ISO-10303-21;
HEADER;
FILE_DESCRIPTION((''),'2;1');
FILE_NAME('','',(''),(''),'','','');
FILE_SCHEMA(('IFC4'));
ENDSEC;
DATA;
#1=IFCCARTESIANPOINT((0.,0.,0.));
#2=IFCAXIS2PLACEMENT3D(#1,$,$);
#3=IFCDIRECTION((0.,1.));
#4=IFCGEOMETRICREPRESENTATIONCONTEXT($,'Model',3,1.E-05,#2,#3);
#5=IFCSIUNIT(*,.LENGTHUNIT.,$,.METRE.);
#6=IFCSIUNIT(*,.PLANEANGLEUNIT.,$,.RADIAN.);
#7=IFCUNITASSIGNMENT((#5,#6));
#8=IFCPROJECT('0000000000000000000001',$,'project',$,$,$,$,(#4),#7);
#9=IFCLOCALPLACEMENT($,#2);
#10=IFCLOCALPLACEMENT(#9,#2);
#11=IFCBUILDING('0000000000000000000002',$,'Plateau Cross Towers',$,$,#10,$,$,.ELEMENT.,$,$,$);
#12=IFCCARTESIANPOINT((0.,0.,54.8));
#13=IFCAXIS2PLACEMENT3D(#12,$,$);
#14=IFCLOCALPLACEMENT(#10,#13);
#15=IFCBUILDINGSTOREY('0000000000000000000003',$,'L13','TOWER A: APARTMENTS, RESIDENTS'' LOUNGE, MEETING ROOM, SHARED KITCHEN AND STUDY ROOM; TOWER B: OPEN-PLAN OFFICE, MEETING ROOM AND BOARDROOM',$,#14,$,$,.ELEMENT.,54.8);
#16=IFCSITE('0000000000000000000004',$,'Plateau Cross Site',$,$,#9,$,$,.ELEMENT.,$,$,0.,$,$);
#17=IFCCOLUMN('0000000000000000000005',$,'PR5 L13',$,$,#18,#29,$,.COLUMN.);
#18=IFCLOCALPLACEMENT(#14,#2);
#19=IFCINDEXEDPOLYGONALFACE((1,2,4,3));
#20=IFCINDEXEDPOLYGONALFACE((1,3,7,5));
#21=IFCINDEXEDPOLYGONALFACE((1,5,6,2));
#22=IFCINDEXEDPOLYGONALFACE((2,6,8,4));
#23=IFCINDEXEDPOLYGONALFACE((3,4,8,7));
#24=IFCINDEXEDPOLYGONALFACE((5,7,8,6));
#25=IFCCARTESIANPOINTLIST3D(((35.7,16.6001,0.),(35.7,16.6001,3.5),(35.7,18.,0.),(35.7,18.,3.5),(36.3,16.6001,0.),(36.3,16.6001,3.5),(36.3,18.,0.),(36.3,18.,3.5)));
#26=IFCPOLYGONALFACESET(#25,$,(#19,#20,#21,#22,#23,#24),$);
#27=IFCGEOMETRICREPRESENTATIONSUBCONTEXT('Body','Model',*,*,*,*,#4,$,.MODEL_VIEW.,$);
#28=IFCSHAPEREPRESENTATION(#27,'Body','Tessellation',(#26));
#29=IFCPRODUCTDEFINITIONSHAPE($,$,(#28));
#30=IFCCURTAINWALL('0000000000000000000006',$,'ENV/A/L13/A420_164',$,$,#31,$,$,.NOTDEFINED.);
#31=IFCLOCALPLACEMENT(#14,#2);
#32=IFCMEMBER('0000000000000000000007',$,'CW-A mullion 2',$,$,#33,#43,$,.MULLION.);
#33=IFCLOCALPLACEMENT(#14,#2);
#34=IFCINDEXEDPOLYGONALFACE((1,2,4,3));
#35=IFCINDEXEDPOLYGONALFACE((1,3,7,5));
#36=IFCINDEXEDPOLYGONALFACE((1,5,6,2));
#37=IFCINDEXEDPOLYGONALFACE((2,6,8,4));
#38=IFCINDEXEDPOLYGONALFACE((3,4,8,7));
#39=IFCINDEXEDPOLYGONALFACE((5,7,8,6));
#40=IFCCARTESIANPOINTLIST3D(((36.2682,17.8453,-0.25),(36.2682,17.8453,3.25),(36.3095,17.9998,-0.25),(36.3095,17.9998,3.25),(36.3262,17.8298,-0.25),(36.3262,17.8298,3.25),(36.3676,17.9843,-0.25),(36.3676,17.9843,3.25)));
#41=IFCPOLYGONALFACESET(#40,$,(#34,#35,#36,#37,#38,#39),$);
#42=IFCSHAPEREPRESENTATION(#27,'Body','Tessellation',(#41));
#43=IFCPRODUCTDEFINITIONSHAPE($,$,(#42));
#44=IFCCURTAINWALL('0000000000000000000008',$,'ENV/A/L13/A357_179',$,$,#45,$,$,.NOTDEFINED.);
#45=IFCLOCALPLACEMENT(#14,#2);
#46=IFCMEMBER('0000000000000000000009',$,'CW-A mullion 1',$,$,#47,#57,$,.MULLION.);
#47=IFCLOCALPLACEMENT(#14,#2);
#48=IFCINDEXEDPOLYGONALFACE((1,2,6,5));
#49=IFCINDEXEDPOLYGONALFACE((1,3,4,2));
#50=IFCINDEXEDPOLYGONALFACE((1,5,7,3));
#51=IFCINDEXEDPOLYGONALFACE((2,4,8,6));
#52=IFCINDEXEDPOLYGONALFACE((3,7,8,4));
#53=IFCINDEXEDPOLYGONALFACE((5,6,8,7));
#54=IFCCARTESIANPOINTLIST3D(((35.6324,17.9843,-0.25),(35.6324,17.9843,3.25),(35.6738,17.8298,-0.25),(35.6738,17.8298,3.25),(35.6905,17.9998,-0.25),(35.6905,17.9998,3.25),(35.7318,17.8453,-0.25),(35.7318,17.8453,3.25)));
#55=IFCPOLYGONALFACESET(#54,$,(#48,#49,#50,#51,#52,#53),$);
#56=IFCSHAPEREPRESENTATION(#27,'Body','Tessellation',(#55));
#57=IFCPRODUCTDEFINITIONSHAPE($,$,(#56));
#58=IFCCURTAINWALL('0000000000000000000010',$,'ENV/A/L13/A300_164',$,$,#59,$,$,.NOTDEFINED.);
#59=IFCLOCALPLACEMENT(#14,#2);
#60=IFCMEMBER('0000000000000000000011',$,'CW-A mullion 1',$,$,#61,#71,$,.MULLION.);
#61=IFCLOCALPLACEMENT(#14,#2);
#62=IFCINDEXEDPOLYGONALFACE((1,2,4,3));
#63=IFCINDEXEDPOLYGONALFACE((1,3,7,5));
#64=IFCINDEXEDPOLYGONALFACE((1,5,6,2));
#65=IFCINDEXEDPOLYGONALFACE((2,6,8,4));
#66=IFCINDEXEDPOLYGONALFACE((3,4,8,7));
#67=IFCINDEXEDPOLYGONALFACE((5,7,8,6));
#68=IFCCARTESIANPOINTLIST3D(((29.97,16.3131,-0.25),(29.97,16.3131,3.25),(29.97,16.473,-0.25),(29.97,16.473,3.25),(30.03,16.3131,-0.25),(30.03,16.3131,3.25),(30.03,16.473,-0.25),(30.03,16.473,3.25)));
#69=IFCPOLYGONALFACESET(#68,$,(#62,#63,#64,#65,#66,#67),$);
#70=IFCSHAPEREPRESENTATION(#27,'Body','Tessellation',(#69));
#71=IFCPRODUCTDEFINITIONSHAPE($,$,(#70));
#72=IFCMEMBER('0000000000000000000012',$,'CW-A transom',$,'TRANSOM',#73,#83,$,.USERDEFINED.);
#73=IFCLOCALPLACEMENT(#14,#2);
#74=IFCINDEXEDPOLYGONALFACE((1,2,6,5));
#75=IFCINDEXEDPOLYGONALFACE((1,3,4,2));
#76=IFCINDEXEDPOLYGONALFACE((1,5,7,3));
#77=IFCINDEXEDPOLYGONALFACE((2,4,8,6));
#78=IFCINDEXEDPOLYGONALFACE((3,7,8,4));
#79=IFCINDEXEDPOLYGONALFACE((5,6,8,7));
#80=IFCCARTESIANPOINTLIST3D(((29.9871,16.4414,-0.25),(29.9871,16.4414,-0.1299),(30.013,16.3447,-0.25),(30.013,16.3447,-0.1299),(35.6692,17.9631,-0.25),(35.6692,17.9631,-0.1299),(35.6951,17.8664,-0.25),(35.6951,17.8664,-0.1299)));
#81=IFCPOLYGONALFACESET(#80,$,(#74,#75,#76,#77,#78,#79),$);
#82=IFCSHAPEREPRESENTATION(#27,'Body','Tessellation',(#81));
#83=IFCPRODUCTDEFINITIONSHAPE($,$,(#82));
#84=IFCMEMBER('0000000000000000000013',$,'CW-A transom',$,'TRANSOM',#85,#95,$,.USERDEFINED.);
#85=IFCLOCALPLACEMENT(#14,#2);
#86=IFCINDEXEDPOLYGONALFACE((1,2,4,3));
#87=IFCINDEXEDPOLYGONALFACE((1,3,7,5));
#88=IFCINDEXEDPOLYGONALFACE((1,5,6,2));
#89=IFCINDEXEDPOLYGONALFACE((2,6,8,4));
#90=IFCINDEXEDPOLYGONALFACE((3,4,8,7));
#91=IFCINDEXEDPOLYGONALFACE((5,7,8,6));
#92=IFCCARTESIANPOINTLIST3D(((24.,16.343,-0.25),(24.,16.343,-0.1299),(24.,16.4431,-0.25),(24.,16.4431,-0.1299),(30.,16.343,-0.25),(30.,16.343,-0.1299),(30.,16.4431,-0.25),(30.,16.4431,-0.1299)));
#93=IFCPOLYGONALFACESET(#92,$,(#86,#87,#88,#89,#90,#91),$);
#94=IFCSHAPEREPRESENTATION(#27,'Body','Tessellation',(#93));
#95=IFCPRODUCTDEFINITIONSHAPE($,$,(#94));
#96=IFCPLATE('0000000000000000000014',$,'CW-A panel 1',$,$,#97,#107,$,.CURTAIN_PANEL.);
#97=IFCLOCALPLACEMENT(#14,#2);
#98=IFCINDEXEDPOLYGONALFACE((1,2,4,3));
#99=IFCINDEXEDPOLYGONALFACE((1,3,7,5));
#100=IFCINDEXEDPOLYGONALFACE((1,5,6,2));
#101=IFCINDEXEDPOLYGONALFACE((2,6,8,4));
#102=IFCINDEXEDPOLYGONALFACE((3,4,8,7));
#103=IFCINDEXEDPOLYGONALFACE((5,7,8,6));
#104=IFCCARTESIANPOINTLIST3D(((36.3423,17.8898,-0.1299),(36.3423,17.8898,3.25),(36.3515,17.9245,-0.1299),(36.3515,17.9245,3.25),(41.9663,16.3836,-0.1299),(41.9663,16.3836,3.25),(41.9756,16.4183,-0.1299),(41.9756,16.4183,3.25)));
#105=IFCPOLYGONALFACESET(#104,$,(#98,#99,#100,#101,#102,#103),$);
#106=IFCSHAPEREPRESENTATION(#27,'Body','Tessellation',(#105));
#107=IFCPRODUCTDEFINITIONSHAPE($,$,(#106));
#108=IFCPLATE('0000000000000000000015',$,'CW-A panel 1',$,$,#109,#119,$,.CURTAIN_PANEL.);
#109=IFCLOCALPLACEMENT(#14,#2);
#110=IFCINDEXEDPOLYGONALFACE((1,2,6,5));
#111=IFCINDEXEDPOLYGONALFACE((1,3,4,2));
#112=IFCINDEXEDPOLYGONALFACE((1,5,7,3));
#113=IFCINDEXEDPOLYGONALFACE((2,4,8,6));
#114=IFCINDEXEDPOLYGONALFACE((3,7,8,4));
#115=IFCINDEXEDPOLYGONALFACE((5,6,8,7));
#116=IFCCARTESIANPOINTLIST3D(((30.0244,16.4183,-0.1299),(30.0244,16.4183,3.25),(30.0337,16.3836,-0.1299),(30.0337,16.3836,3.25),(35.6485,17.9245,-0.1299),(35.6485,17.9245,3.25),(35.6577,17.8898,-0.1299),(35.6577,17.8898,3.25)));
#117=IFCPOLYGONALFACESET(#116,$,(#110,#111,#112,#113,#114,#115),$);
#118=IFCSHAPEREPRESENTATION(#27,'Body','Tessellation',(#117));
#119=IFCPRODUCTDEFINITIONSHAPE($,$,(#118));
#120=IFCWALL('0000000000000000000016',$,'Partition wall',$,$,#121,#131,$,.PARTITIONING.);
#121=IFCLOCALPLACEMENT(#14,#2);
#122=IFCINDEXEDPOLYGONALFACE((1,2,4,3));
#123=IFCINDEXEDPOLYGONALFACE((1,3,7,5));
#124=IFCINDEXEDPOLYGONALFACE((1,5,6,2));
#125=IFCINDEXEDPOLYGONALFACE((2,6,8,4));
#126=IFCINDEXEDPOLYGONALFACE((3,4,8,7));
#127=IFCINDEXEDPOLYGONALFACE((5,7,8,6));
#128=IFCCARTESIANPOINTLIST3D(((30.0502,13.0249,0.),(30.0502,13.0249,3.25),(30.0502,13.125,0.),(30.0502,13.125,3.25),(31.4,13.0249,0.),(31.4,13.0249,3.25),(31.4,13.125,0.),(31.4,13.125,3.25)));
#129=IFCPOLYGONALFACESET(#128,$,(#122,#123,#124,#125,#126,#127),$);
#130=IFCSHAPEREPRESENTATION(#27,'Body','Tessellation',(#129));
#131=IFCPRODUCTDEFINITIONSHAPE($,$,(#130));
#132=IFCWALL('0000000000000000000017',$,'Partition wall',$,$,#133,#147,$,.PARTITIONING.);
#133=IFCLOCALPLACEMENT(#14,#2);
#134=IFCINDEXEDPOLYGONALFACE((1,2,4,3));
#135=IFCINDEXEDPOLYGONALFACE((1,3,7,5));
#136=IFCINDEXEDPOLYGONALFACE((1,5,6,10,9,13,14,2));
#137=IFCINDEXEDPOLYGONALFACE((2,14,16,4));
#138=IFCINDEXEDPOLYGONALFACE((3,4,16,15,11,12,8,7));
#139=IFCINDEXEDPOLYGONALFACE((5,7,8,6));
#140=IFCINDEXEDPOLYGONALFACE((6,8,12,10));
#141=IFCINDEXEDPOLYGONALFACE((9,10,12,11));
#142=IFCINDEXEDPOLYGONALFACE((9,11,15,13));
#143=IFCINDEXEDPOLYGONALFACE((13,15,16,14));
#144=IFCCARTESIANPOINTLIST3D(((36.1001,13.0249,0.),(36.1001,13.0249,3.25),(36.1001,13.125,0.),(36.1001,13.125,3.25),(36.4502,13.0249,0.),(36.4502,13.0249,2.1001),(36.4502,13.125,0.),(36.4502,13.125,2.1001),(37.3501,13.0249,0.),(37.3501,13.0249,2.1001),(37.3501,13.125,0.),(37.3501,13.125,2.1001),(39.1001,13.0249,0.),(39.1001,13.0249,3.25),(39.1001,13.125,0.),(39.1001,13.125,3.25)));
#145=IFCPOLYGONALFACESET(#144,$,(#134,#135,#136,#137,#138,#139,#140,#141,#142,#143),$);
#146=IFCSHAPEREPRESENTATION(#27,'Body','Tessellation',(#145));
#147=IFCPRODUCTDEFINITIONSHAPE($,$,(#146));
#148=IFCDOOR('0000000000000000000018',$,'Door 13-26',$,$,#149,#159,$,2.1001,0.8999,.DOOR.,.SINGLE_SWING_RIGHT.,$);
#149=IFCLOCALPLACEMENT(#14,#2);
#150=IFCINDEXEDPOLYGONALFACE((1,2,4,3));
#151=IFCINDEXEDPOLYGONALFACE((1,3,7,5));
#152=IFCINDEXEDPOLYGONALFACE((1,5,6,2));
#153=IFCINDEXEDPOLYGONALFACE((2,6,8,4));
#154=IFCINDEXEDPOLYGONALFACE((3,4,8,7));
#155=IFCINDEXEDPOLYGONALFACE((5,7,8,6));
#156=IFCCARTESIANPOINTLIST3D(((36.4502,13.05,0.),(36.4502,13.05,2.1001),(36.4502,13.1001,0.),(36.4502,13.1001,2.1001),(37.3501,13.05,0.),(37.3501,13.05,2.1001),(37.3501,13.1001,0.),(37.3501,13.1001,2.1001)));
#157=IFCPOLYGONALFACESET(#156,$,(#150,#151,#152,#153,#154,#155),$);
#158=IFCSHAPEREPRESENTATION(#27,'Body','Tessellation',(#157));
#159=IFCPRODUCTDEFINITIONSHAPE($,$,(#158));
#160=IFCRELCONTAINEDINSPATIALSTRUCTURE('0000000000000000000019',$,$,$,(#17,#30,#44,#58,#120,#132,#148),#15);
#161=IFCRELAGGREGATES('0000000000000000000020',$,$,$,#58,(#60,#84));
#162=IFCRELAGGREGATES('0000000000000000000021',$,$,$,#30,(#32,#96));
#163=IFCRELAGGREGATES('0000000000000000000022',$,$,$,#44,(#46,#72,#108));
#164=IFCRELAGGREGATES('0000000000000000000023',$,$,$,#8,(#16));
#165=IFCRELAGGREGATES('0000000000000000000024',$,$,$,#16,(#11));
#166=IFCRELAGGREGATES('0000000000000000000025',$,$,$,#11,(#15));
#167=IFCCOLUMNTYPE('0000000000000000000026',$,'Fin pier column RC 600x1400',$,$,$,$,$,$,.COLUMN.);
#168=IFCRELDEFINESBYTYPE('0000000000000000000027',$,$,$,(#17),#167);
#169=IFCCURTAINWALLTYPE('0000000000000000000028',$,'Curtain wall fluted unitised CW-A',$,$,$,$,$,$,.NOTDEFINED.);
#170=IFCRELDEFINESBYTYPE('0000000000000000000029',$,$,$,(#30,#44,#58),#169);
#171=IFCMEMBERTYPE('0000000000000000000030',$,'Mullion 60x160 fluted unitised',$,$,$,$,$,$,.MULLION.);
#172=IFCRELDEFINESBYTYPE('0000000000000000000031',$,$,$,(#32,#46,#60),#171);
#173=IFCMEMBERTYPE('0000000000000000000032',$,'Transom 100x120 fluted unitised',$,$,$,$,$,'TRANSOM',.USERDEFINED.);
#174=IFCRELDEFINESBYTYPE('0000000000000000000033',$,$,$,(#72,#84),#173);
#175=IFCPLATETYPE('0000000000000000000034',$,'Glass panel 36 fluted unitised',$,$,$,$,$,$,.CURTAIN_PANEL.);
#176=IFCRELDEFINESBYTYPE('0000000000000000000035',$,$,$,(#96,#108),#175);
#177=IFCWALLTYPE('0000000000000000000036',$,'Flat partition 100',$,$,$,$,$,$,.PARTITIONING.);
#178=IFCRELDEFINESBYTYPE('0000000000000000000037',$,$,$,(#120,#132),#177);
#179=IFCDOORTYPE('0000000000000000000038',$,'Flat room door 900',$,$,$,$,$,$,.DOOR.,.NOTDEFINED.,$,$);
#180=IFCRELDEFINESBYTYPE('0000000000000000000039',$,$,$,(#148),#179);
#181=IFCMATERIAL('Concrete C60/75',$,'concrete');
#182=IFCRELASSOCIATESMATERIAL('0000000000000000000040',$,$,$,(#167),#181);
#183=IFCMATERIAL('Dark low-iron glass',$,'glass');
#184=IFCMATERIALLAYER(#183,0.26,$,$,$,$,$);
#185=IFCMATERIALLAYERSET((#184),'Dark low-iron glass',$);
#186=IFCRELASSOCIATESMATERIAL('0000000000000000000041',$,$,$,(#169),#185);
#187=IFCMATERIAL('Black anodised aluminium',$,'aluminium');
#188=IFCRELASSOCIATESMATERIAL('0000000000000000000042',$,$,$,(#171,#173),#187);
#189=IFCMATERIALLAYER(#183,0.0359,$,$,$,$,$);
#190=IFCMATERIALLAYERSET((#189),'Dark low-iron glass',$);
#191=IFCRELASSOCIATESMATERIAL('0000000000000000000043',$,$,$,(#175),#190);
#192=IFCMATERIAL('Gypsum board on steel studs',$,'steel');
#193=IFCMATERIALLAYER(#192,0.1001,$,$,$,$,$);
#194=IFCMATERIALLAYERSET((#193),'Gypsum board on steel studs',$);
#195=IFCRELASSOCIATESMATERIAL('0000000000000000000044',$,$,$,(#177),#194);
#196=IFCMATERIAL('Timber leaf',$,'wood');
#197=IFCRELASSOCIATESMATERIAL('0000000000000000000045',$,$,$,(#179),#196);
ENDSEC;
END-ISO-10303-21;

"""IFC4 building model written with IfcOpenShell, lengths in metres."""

from ifc_helpers import new_model, si_unit, direction, frame, frame_2d, origin, origin_2d, place, context, subcontext, project, spatial, rectangle, extrude, material, layer, layer_set, material_profile, profile_set, type_object, element, fill, aggregate, save


model = new_model("IFC4")

# Units and contexts
model_context = context("Model", 3, precision=1e-05, world=origin(), true_north=direction((0.0, 1.0)))
body_context = subcontext(model_context, "Body", "Model", "MODEL_VIEW")
ifc_project = project(units=[si_unit("LENGTHUNIT", "METRE"), si_unit("PLANEANGLEUNIT", "RADIAN")], contexts=[model_context])

# Site, building, storey
site_placement = place(None, origin())
site = spatial("IfcSite", under=ifc_project, at=site_placement, Name="Plateau Cross Site", CompositionType="ELEMENT", RefElevation=0.0)
building_placement = place(site_placement, origin())
building = spatial("IfcBuilding", under=site, at=building_placement, Name="Plateau Cross Towers", CompositionType="ELEMENT")
storey_placement = place(building_placement, frame((0.0, 0.0, 54.8)))
storey = spatial("IfcBuildingStorey", under=building, at=storey_placement, Name="L13", Description="TOWER A: APARTMENTS, RESIDENTS' LOUNGE, MEETING ROOM, SHARED KITCHEN AND STUDY ROOM; TOWER B: OPEN-PLAN OFFICE, MEETING ROOM AND BOARDROOM", CompositionType="ELEMENT", Elevation=54.8)

# Column
ifc_material_1 = material(Name="Concrete C60/75", Category="concrete")
ifc_material_profile_1 = material_profile(ifc_material_1, rectangle(XDim=0.6001, YDim=1.3999, at=origin_2d()), Name="RC 600x1400")
ifc_profile_set_1 = profile_set([ifc_material_profile_1], Name="Concrete C60/75")
column_type = type_object("IfcColumnType", Name="Fin pier column RC 600x1400", PredefinedType="COLUMN", material=ifc_profile_set_1)
column_placement = place(storey_placement, frame((36.0, 17.3, 0.0), z_axis=(0.0, 0.0, 1.0), x_axis=(1.0, 0.0, 0.0)))
element("IfcColumn", 1, at=column_placement, inside=storey, type_object=column_type, Name="PR5 L13", PredefinedType="COLUMN", context=body_context, shape_type="SweptSolid", body=[
    extrude(rectangle(XDim=0.6001, YDim=1.3999, at=origin_2d()), origin(), (0.0, 0.0, 1.0), 3.5),
])

# Curtain walls, members
ifc_material_2 = material(Name="Dark low-iron glass", Category="glass")
ifc_layer_1 = layer(ifc_material_2, 0.26)
ifc_layer_set_1 = layer_set([ifc_layer_1], Name="Dark low-iron glass")
curtain_wall_type = type_object("IfcCurtainWallType", Name="Curtain wall fluted unitised CW-A", PredefinedType="NOTDEFINED", material=ifc_layer_set_1)
curtain_wall_1_placement = place(storey_placement, origin())
curtain_wall_1 = element("IfcCurtainWall", 2, at=curtain_wall_1_placement, inside=storey, type_object=curtain_wall_type, Name="ENV/A/L13/A420_164", PredefinedType="NOTDEFINED")
ifc_material_3 = material(Name="Black anodised aluminium", Category="aluminium")
ifc_material_profile_2 = material_profile(ifc_material_3, rectangle(XDim=0.0601, YDim=0.1599, at=origin_2d()), Name="MULLION 60x160")
ifc_profile_set_2 = profile_set([ifc_material_profile_2], Name="Black anodised aluminium")
member_type_1 = type_object("IfcMemberType", Name="Mullion 60x160 fluted unitised", PredefinedType="MULLION", material=ifc_profile_set_2)
member_1_placement = place(storey_placement, frame((36.3179, 17.9148, -0.25), z_axis=(0.0, 0.0, 1.0), x_axis=(-0.965958, 0.258699, 0.0)))
member_1 = element("IfcMember", 3, at=member_1_placement, type_object=member_type_1, Name="CW-A mullion 2", PredefinedType="MULLION", context=body_context, shape_type="SweptSolid", body=[
    extrude(rectangle(XDim=0.0601, YDim=0.1599, at=origin_2d()), origin(), (0.0, 0.0, 1.0), 3.5),
])
curtain_wall_2_placement = place(storey_placement, origin())
curtain_wall_2 = element("IfcCurtainWall", 4, at=curtain_wall_2_placement, inside=storey, type_object=curtain_wall_type, Name="ENV/A/L13/A357_179", PredefinedType="NOTDEFINED")
member_2_placement = place(storey_placement, frame((35.6821, 17.9148, -0.25), z_axis=(0.0, 0.0, 1.0), x_axis=(-0.965958, -0.258699, 0.0)))
member_2 = element("IfcMember", 5, at=member_2_placement, type_object=member_type_1, Name="CW-A mullion 1", PredefinedType="MULLION", context=body_context, shape_type="SweptSolid", body=[
    extrude(rectangle(XDim=0.0601, YDim=0.1599, at=origin_2d()), origin(), (0.0, 0.0, 1.0), 3.5),
])
curtain_wall_3_placement = place(storey_placement, origin())
curtain_wall_3 = element("IfcCurtainWall", 6, at=curtain_wall_3_placement, inside=storey, type_object=curtain_wall_type, Name="ENV/A/L13/A300_164", PredefinedType="NOTDEFINED")
member_3_placement = place(storey_placement, frame((30.0, 16.3931, -0.25), z_axis=(0.0, 0.0, 1.0), x_axis=(-1.0, 0.0, 0.0)))
member_3 = element("IfcMember", 7, at=member_3_placement, type_object=member_type_1, Name="CW-A mullion 1", PredefinedType="MULLION", context=body_context, shape_type="SweptSolid", body=[
    extrude(rectangle(XDim=0.0601, YDim=0.1599, at=origin_2d()), origin(), (0.0, 0.0, 1.0), 3.5),
])

# Members
ifc_material_profile_3 = material_profile(ifc_material_3, rectangle(XDim=0.1001, YDim=0.1201, at=origin_2d()), Name="TRANSOM 100x120")
ifc_profile_set_3 = profile_set([ifc_material_profile_3], Name="Black anodised aluminium")
member_type_2 = type_object("IfcMemberType", Name="Transom 100x120 fluted unitised", ElementType="TRANSOM", PredefinedType="USERDEFINED", material=ifc_profile_set_3)
member_4_placement = place(storey_placement, frame((35.6821, 17.9148, -0.1899), z_axis=(-0.96596, -0.258693, 0.0), x_axis=(0.258693, -0.96596, 0.0)))
member_4 = element("IfcMember", 8, at=member_4_placement, type_object=member_type_2, Name="CW-A transom", ObjectType="TRANSOM", PredefinedType="USERDEFINED", context=body_context, shape_type="SweptSolid", body=[
    extrude(rectangle(XDim=0.1001, YDim=0.1201, at=origin_2d()), origin(), (0.0, 0.0, 1.0), 5.8823),
])
member_5_placement = place(storey_placement, frame((30.0, 16.3931, -0.1899), z_axis=(-1.0, 0.0, 0.0), x_axis=(0.0, -1.0, 0.0)))
member_5 = element("IfcMember", 9, at=member_5_placement, type_object=member_type_2, Name="CW-A transom", ObjectType="TRANSOM", PredefinedType="USERDEFINED", context=body_context, shape_type="SweptSolid", body=[
    extrude(rectangle(XDim=0.1001, YDim=0.1201, at=origin_2d()), origin(), (0.0, 0.0, 1.0), 6.0),
])
aggregate(curtain_wall_3, [member_3, member_5])

# Plates
ifc_layer_2 = layer(ifc_material_2, 0.0359)
ifc_layer_set_2 = layer_set([ifc_layer_2], Name="Dark low-iron glass")
plate_type = type_object("IfcPlateType", Name="Glass panel 36 fluted unitised", PredefinedType="CURTAIN_PANEL", material=ifc_layer_set_2)
plate_1_placement = place(storey_placement, frame((39.1589, 17.1541, -0.1299), z_axis=(0.0, 0.0, 1.0), x_axis=(-0.965958, 0.258699, 0.0)))
plate_1 = element("IfcPlate", 10, at=plate_1_placement, type_object=plate_type, Name="CW-A panel 1", PredefinedType="CURTAIN_PANEL", context=body_context, shape_type="SweptSolid", body=[
    extrude(rectangle(XDim=5.8223, YDim=0.0359, at=origin_2d()), origin(), (0.0, 0.0, 1.0), 3.3799),
])
aggregate(curtain_wall_1, [member_1, plate_1])
plate_2_placement = place(storey_placement, frame((32.8411, 17.1541, -0.1299), z_axis=(0.0, 0.0, 1.0), x_axis=(-0.965958, -0.258699, 0.0)))
plate_2 = element("IfcPlate", 11, at=plate_2_placement, type_object=plate_type, Name="CW-A panel 1", PredefinedType="CURTAIN_PANEL", context=body_context, shape_type="SweptSolid", body=[
    extrude(rectangle(XDim=5.8223, YDim=0.0359, at=origin_2d()), origin(), (0.0, 0.0, 1.0), 3.3799),
])
aggregate(curtain_wall_2, [member_2, member_4, plate_2])

# Wall
ifc_material_4 = material(Name="Gypsum board on steel studs", Category="steel")
ifc_layer_3 = layer(ifc_material_4, 0.1001)
ifc_layer_set_3 = layer_set([ifc_layer_3], Name="Gypsum board on steel studs")
wall_type_1 = type_object("IfcWallType", Name="Flat partition 100", PredefinedType="PARTITIONING", material=ifc_layer_set_3)
wall_1_placement = place(storey_placement, frame((31.3999, 13.075, 0.0), z_axis=(0.0, 0.0, 1.0), x_axis=(-1.0, 0.0, 0.0)))
element("IfcWall", 12, at=wall_1_placement, inside=storey, type_object=wall_type_1, Name="Partition wall", PredefinedType="PARTITIONING", context=body_context, shape_type="SweptSolid", body=[
    extrude(rectangle(XDim=1.3499, YDim=0.1001, at=frame_2d((0.6748, 0.0))), origin(), (0.0, 0.0, 1.0), 3.25),
])

# Wall, opening, door
wall_2_placement = place(storey_placement, frame((39.1001, 13.075, 0.0), z_axis=(0.0, 0.0, 1.0), x_axis=(-1.0, 0.0, 0.0)))
wall_2 = element("IfcWall", 13, at=wall_2_placement, inside=storey, type_object=wall_type_1, Name="Partition wall", PredefinedType="PARTITIONING", context=body_context, shape_type="SweptSolid", body=[
    extrude(rectangle(XDim=3.0, YDim=0.1001, at=frame_2d((1.5, 0.0))), origin(), (0.0, 0.0, 1.0), 3.25),
])
opening_1_placement = place(wall_2_placement, frame((1.75, 0.0, 0.0)))
opening_1 = element("IfcOpeningElement", 14, at=opening_1_placement, cuts=wall_2, PredefinedType="OPENING", context=body_context, shape_type="SweptSolid", body=[
    extrude(rectangle(XDim=0.8999, YDim=2.1001, at=frame_2d((0.45, 1.05))), frame((0.0, 0.0601, 0.0), z_axis=(0.0, -1.0, 0.0), x_axis=(1.0, 0.0, 0.0)), (0.0, 0.0, 1.0), 0.1201),
])
ifc_material_5 = material(Name="Timber leaf", Category="wood")
door_type = type_object("IfcDoorType", Name="Flat room door 900", OperationType="NOTDEFINED", PredefinedType="DOOR", material=ifc_material_5)
door_1_placement = place(opening_1_placement, origin())
door_1 = element("IfcDoor", 15, at=door_1_placement, inside=storey, type_object=door_type, Name="Door 13-26", OperationType="SINGLE_SWING_RIGHT", OverallHeight=2.1001, OverallWidth=0.8999, PredefinedType="DOOR", context=body_context, shape_type="SweptSolid", body=[
    extrude(rectangle(XDim=0.8999, YDim=2.1001, at=frame_2d((0.45, 1.05))), frame((0.0, 0.0249, 0.0), z_axis=(0.0, -1.0, 0.0), x_axis=(1.0, 0.0, 0.0)), (0.0, 0.0, 1.0), 0.05),
])
fill(opening_1, door_1)

save(model, "model.ifc")
